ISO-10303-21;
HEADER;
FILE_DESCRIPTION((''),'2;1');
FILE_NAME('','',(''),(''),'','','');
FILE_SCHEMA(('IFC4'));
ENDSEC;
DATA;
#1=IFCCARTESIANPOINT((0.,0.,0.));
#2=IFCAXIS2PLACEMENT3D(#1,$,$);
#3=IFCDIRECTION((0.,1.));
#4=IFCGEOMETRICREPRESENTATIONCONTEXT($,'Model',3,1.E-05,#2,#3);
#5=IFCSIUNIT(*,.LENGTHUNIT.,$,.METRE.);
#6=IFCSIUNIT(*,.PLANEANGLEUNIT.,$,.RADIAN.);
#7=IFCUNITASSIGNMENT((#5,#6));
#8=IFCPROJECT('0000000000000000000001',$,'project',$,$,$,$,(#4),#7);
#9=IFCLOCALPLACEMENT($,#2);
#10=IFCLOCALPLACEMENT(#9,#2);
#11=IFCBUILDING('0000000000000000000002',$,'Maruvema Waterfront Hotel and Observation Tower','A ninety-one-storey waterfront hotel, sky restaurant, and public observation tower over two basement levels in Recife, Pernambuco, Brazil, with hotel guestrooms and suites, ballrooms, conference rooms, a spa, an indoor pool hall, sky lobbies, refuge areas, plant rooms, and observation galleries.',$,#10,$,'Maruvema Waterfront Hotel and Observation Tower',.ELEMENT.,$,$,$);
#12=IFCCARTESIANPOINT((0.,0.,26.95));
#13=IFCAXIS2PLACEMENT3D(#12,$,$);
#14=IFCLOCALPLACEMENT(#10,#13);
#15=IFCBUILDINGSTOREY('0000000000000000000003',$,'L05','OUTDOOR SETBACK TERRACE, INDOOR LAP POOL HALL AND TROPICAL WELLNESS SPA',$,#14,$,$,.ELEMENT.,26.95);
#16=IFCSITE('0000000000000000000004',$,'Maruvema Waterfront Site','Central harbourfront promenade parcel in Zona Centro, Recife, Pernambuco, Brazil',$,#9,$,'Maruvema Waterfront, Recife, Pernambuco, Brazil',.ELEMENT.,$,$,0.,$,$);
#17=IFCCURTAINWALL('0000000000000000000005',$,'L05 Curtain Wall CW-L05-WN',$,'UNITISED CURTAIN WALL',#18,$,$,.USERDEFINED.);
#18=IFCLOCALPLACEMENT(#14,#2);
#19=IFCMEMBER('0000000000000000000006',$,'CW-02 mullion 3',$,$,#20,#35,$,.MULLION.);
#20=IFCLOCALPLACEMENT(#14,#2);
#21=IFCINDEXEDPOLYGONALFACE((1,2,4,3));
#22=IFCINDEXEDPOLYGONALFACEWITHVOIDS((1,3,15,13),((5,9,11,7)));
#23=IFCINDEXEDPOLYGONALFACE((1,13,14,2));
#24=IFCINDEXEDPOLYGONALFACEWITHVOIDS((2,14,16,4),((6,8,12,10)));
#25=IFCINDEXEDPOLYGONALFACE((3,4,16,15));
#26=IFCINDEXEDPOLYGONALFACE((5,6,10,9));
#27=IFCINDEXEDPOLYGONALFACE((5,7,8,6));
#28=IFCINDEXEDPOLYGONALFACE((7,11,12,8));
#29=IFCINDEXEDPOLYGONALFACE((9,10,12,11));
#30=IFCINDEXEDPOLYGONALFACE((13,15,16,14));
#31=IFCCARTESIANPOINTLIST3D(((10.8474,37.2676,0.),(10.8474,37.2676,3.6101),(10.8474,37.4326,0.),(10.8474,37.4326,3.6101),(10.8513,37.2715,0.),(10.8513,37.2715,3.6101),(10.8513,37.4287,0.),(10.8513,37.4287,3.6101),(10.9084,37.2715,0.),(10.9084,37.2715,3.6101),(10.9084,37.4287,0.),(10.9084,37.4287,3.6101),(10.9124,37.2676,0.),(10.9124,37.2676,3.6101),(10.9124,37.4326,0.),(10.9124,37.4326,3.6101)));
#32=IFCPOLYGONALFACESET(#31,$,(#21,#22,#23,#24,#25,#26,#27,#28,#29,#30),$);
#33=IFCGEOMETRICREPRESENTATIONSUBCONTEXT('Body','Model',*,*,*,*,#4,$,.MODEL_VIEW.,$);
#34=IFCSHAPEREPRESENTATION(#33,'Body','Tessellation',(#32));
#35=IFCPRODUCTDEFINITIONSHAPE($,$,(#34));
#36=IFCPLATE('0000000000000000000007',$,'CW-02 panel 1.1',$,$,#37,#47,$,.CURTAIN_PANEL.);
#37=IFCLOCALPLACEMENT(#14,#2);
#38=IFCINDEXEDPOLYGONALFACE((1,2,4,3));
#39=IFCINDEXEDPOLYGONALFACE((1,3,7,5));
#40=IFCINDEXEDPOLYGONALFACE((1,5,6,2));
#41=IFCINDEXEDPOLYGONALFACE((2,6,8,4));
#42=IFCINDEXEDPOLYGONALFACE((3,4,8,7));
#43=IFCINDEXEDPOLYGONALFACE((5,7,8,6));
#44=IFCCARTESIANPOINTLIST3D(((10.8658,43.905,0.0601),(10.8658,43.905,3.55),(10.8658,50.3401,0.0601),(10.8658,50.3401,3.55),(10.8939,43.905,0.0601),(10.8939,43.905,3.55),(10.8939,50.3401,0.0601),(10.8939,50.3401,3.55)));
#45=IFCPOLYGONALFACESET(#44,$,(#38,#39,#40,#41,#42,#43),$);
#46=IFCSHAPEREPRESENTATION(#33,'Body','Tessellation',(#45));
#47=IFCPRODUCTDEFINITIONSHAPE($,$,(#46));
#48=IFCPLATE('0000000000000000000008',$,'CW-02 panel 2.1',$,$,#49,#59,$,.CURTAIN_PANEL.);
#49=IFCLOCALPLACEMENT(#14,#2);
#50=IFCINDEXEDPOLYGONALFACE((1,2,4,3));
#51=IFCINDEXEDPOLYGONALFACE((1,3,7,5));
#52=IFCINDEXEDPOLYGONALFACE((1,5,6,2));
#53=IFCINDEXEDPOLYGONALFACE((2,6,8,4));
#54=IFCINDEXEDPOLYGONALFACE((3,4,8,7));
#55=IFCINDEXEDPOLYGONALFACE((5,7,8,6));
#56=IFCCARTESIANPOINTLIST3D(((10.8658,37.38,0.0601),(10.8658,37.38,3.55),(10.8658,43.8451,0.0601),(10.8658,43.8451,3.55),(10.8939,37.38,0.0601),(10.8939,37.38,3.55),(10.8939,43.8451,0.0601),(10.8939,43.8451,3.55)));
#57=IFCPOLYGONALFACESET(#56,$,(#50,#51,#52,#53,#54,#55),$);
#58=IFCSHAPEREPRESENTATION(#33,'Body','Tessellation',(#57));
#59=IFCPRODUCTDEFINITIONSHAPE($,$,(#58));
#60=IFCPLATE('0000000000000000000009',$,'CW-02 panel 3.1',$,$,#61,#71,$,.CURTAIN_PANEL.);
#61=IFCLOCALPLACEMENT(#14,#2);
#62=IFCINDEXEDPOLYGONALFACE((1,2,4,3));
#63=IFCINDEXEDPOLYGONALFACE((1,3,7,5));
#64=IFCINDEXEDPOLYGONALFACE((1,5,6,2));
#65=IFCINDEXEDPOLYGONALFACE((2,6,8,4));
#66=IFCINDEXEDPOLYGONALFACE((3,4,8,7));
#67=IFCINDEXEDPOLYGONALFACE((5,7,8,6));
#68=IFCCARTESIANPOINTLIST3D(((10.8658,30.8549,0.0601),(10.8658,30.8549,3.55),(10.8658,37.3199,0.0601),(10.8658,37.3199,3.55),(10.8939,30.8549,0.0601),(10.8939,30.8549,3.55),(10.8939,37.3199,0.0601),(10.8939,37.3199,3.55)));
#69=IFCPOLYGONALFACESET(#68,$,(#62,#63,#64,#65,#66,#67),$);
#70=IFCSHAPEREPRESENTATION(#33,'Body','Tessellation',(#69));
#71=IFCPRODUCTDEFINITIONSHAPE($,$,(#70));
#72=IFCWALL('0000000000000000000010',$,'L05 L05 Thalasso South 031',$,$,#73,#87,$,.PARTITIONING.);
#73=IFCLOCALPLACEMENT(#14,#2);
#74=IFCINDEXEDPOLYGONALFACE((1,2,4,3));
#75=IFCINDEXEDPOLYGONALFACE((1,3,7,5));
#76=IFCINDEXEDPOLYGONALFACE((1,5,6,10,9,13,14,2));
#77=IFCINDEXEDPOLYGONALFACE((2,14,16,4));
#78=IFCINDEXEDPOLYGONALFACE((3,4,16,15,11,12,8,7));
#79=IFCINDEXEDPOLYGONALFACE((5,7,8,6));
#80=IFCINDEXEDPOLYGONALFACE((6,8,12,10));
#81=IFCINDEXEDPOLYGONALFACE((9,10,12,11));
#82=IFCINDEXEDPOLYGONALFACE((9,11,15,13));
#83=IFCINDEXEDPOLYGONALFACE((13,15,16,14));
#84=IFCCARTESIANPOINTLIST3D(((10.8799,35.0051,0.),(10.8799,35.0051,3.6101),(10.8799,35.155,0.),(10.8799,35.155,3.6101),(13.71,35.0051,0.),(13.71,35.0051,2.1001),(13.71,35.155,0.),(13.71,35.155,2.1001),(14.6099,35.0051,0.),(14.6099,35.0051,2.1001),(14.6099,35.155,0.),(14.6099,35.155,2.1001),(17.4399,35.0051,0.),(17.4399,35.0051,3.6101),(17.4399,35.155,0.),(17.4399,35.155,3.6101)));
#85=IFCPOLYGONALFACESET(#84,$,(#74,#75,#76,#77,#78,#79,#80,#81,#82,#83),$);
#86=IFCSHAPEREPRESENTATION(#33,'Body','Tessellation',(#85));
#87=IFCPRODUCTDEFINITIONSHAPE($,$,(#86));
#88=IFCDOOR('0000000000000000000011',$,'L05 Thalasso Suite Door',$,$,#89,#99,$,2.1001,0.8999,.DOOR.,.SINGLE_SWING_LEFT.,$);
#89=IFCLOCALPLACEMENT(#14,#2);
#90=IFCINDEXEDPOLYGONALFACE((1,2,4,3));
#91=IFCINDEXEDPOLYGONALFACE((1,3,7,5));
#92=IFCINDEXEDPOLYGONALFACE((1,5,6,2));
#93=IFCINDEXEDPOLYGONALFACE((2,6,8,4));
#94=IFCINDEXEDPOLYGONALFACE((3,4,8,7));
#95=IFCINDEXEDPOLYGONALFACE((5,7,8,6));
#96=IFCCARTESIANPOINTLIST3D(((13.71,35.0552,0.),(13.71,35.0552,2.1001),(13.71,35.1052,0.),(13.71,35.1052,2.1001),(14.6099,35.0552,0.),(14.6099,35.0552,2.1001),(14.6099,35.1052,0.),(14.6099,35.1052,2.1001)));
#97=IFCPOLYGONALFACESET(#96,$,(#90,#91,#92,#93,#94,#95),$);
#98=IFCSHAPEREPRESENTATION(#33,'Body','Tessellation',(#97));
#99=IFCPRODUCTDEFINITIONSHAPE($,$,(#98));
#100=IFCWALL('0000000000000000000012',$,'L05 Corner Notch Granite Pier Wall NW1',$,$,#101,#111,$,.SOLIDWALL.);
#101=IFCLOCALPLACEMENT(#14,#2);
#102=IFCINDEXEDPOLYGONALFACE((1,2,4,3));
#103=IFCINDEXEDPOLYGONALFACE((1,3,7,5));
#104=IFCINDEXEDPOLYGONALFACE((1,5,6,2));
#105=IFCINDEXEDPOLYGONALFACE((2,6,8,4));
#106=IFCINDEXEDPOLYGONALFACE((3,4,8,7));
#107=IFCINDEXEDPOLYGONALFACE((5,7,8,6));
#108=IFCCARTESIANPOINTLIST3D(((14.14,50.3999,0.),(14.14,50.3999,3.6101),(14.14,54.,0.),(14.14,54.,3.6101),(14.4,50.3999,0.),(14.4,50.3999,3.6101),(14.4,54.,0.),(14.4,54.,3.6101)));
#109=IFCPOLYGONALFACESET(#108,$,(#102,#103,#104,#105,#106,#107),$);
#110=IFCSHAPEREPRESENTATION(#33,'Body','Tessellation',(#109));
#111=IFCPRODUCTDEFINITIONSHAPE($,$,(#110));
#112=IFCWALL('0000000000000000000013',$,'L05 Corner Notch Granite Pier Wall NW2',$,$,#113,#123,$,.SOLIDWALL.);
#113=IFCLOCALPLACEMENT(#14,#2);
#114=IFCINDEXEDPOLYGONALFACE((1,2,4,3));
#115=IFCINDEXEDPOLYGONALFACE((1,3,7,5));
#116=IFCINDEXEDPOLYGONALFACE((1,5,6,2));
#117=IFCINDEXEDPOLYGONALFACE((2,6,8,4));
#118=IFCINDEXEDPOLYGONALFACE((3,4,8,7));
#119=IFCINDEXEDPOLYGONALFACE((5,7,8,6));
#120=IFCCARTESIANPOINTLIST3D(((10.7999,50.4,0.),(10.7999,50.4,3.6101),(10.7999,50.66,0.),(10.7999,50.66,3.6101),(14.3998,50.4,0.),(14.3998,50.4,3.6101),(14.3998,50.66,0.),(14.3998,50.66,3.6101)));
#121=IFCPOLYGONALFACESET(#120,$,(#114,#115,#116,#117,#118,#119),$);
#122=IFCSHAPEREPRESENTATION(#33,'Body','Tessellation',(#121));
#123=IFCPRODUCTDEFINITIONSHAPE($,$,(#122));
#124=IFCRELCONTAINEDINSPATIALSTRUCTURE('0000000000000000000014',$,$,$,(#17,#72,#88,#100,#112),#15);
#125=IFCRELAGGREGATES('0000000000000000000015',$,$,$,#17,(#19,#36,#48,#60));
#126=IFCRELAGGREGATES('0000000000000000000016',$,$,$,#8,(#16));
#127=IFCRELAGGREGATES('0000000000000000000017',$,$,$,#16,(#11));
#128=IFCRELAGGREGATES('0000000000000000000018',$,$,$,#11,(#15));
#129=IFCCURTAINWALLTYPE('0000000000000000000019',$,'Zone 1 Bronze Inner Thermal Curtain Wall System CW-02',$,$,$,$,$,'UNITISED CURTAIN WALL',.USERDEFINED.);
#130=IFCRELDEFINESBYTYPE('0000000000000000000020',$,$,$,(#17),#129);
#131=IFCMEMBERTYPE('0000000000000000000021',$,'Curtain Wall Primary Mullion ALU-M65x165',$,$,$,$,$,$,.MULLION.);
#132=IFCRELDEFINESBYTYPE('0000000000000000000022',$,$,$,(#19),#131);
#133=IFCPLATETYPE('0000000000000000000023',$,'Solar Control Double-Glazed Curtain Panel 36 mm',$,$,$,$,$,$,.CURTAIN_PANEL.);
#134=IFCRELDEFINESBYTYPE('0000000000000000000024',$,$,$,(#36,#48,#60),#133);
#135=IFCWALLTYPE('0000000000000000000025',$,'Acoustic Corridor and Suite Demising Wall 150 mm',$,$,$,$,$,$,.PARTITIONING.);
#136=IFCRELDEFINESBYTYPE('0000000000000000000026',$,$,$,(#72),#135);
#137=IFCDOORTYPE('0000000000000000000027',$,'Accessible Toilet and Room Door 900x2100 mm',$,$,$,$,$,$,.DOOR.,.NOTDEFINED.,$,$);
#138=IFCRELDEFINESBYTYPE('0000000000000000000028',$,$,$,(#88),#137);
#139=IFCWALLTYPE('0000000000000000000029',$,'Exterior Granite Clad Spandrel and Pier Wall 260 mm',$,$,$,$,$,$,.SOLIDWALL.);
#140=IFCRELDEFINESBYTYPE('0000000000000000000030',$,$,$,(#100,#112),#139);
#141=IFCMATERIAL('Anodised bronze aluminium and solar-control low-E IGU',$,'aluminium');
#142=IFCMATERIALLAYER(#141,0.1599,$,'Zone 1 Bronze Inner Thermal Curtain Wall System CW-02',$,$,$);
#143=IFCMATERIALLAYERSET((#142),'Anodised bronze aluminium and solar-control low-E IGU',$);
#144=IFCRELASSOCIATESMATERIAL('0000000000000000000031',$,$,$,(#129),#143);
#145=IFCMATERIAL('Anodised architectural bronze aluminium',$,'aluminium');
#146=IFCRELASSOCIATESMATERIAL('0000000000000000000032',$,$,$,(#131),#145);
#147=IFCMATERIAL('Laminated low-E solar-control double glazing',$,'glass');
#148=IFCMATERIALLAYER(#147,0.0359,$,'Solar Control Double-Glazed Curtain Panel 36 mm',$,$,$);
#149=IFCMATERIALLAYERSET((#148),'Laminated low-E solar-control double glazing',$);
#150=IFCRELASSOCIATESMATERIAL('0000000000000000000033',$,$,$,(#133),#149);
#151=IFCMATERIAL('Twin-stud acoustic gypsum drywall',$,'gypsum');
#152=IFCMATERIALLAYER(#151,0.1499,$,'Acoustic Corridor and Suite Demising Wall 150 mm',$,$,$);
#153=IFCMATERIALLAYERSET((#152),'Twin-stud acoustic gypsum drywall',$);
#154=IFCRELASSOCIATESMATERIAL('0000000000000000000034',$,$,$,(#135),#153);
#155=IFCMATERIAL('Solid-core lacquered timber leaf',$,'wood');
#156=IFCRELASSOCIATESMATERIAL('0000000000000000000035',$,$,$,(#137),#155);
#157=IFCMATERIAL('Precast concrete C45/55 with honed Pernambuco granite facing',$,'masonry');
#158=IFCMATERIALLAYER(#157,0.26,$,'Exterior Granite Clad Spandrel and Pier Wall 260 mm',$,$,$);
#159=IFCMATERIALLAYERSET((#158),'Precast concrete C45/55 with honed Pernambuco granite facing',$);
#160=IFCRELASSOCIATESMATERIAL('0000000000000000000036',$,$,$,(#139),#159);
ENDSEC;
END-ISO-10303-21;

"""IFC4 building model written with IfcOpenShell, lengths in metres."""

from ifc_helpers import new_model, si_unit, direction, frame, frame_2d, origin, origin_2d, place, context, subcontext, project, spatial, rectangle, hollow_rectangle, extrude, material, layer, layer_set, material_profile, profile_set, type_object, element, fill, aggregate, save


model = new_model("IFC4")

# Units and contexts
model_context = context("Model", 3, precision=1e-05, world=origin(), true_north=direction((0.0, 1.0)))
body_context = subcontext(model_context, "Body", "Model", "MODEL_VIEW")
ifc_project = project(units=[si_unit("LENGTHUNIT", "METRE"), si_unit("PLANEANGLEUNIT", "RADIAN")], contexts=[model_context])

# Site, building, storey
site_placement = place(None, origin())
site = spatial("IfcSite", under=ifc_project, at=site_placement, Name="Maruvema Waterfront Site", Description="Central harbourfront promenade parcel in Zona Centro, Recife, Pernambuco, Brazil", LongName="Maruvema Waterfront, Recife, Pernambuco, Brazil", CompositionType="ELEMENT", RefElevation=0.0)
building_placement = place(site_placement, origin())
building = spatial("IfcBuilding", under=site, at=building_placement, Name="Maruvema Waterfront Hotel and Observation Tower", Description="A ninety-one-storey waterfront hotel, sky restaurant, and public observation tower over two basement levels in Recife, Pernambuco, Brazil, with hotel guestrooms and suites, ballrooms, conference rooms, a spa, an indoor pool hall, sky lobbies, refuge areas, plant rooms, and observation galleries.", LongName="Maruvema Waterfront Hotel and Observation Tower", CompositionType="ELEMENT")
storey_placement = place(building_placement, frame((0.0, 0.0, 26.95)))
storey = spatial("IfcBuildingStorey", under=building, at=storey_placement, Name="L05", Description="OUTDOOR SETBACK TERRACE, INDOOR LAP POOL HALL AND TROPICAL WELLNESS SPA", CompositionType="ELEMENT", Elevation=26.95)

# Curtain wall, member, plates
ifc_material_1 = material(Name="Anodised bronze aluminium and solar-control low-E IGU", Category="aluminium")
ifc_layer_1 = layer(ifc_material_1, 0.1599, Name="Zone 1 Bronze Inner Thermal Curtain Wall System CW-02")
ifc_layer_set_1 = layer_set([ifc_layer_1], Name="Anodised bronze aluminium and solar-control low-E IGU")
curtain_wall_type = type_object("IfcCurtainWallType", Name="Zone 1 Bronze Inner Thermal Curtain Wall System CW-02", ElementType="UNITISED CURTAIN WALL", PredefinedType="USERDEFINED", material=ifc_layer_set_1)
curtain_wall_placement = place(storey_placement, origin())
curtain_wall = element("IfcCurtainWall", 1, at=curtain_wall_placement, inside=storey, type_object=curtain_wall_type, Name="L05 Curtain Wall CW-L05-WN", ObjectType="UNITISED CURTAIN WALL", PredefinedType="USERDEFINED")
ifc_material_2 = material(Name="Anodised architectural bronze aluminium", Category="aluminium")
ifc_material_profile_1 = material_profile(ifc_material_2, hollow_rectangle(XDim=0.0649, YDim=0.165, WallThickness=0.0039, at=origin_2d()), Name="ALU-M65x165")
ifc_profile_set_1 = profile_set([ifc_material_profile_1], Name="Anodised architectural bronze aluminium")
member_type_1 = type_object("IfcMemberType", Name="Curtain Wall Primary Mullion ALU-M65x165", PredefinedType="MULLION", material=ifc_profile_set_1)
member_1_placement = place(storey_placement, frame((10.8799, 37.3501, 0.0), z_axis=(0.0, 0.0, 1.0), x_axis=(1.0, 0.0, 0.0)))
member_1 = element("IfcMember", 2, at=member_1_placement, type_object=member_type_1, Name="CW-02 mullion 3", PredefinedType="MULLION", context=body_context, shape_type="SweptSolid", body=[
    extrude(hollow_rectangle(XDim=0.0649, YDim=0.165, WallThickness=0.0039, at=origin_2d()), origin(), (0.0, 0.0, 1.0), 3.6101),
])
ifc_material_3 = material(Name="Laminated low-E solar-control double glazing", Category="glass")
ifc_layer_2 = layer(ifc_material_3, 0.0359, Name="Solar Control Double-Glazed Curtain Panel 36 mm")
ifc_layer_set_2 = layer_set([ifc_layer_2], Name="Laminated low-E solar-control double glazing")
plate_type = type_object("IfcPlateType", Name="Solar Control Double-Glazed Curtain Panel 36 mm", PredefinedType="CURTAIN_PANEL", material=ifc_layer_set_2)
plate_1_placement = place(storey_placement, frame((10.8799, 47.1226, 0.0601), z_axis=(0.0, 0.0, 1.0), x_axis=(0.0, -1.0, 0.0)))
plate_1 = element("IfcPlate", 3, at=plate_1_placement, type_object=plate_type, Name="CW-02 panel 1.1", PredefinedType="CURTAIN_PANEL", context=body_context, shape_type="SweptSolid", body=[
    extrude(rectangle(XDim=6.4351, YDim=0.0281, at=origin_2d()), origin(), (0.0, 0.0, 1.0), 3.49),
])
plate_2_placement = place(storey_placement, frame((10.8799, 40.6125, 0.0601), z_axis=(0.0, 0.0, 1.0), x_axis=(0.0, -1.0, 0.0)))
plate_2 = element("IfcPlate", 4, at=plate_2_placement, type_object=plate_type, Name="CW-02 panel 2.1", PredefinedType="CURTAIN_PANEL", context=body_context, shape_type="SweptSolid", body=[
    extrude(rectangle(XDim=6.4651, YDim=0.0281, at=origin_2d()), origin(), (0.0, 0.0, 1.0), 3.49),
])
plate_3_placement = place(storey_placement, frame((10.8799, 34.0874, 0.0601), z_axis=(0.0, 0.0, 1.0), x_axis=(0.0, -1.0, 0.0)))
plate_3 = element("IfcPlate", 5, at=plate_3_placement, type_object=plate_type, Name="CW-02 panel 3.1", PredefinedType="CURTAIN_PANEL", context=body_context, shape_type="SweptSolid", body=[
    extrude(rectangle(XDim=6.4651, YDim=0.0281, at=origin_2d()), origin(), (0.0, 0.0, 1.0), 3.49),
])
aggregate(curtain_wall, [member_1, plate_1, plate_2, plate_3])

# Wall, opening, door
ifc_material_4 = material(Name="Twin-stud acoustic gypsum drywall", Category="gypsum")
ifc_layer_3 = layer(ifc_material_4, 0.1499, Name="Acoustic Corridor and Suite Demising Wall 150 mm")
ifc_layer_set_3 = layer_set([ifc_layer_3], Name="Twin-stud acoustic gypsum drywall")
wall_type_1 = type_object("IfcWallType", Name="Acoustic Corridor and Suite Demising Wall 150 mm", PredefinedType="PARTITIONING", material=ifc_layer_set_3)
wall_1_placement = place(storey_placement, frame((10.8799, 35.0801, 0.0), z_axis=(0.0, 0.0, 1.0), x_axis=(1.0, 0.0, 0.0)))
wall_1 = element("IfcWall", 6, at=wall_1_placement, inside=storey, type_object=wall_type_1, Name="L05 L05 Thalasso South 031", PredefinedType="PARTITIONING", context=body_context, shape_type="SweptSolid", body=[
    extrude(rectangle(XDim=6.5601, YDim=0.1499, at=frame_2d((3.28, 0.0))), origin(), (0.0, 0.0, 1.0), 3.6101),
])
opening_placement = place(wall_1_placement, frame((2.8301, 0.0, 0.0)))
opening = element("IfcOpeningElement", 7, at=opening_placement, cuts=wall_1, PredefinedType="OPENING", context=body_context, shape_type="SweptSolid", body=[
    extrude(rectangle(XDim=0.8999, YDim=2.1001, at=frame_2d((0.45, 1.05))), frame((0.0, 0.085, 0.0), z_axis=(0.0, -1.0, 0.0), x_axis=(1.0, 0.0, 0.0)), (0.0, 0.0, 1.0), 0.1699),
])
ifc_material_5 = material(Name="Solid-core lacquered timber leaf", Category="wood")
door_type = type_object("IfcDoorType", Name="Accessible Toilet and Room Door 900x2100 mm", OperationType="NOTDEFINED", PredefinedType="DOOR", material=ifc_material_5)
door_placement = place(opening_placement, frame((0.8999, 0.0, 0.0), z_axis=(0.0, 0.0, 1.0), x_axis=(-1.0, 0.0, 0.0)))
door = element("IfcDoor", 8, at=door_placement, inside=storey, type_object=door_type, Name="L05 Thalasso Suite Door", OperationType="SINGLE_SWING_LEFT", OverallHeight=2.1001, OverallWidth=0.8999, PredefinedType="DOOR", context=body_context, shape_type="SweptSolid", body=[
    extrude(rectangle(XDim=0.8999, YDim=2.1001, at=frame_2d((0.45, 1.05))), frame((0.0, 0.0249, 0.0), z_axis=(0.0, -1.0, 0.0), x_axis=(1.0, 0.0, 0.0)), (0.0, 0.0, 1.0), 0.05),
])
fill(opening, door)

# Walls
ifc_material_6 = material(Name="Precast concrete C45/55 with honed Pernambuco granite facing", Category="masonry")
ifc_layer_4 = layer(ifc_material_6, 0.26, Name="Exterior Granite Clad Spandrel and Pier Wall 260 mm")
ifc_layer_set_4 = layer_set([ifc_layer_4], Name="Precast concrete C45/55 with honed Pernambuco granite facing")
wall_type_2 = type_object("IfcWallType", Name="Exterior Granite Clad Spandrel and Pier Wall 260 mm", PredefinedType="SOLIDWALL", material=ifc_layer_set_4)
wall_2_placement = place(storey_placement, frame((14.27, 50.3999, 0.0), z_axis=(0.0, 0.0, 1.0), x_axis=(0.0, 1.0, 0.0)))
element("IfcWall", 9, at=wall_2_placement, inside=storey, type_object=wall_type_2, Name="L05 Corner Notch Granite Pier Wall NW1", PredefinedType="SOLIDWALL", context=body_context, shape_type="SweptSolid", body=[
    extrude(rectangle(XDim=3.6001, YDim=0.26, at=frame_2d((1.8, 0.0))), origin(), (0.0, 0.0, 1.0), 3.6101),
])
wall_3_placement = place(storey_placement, frame((10.8, 50.53, 0.0), z_axis=(0.0, 0.0, 1.0), x_axis=(1.0, 0.0, 0.0)))
element("IfcWall", 10, at=wall_3_placement, inside=storey, type_object=wall_type_2, Name="L05 Corner Notch Granite Pier Wall NW2", PredefinedType="SOLIDWALL", context=body_context, shape_type="SweptSolid", body=[
    extrude(rectangle(XDim=3.5999, YDim=0.26, at=frame_2d((1.7998, 0.0))), origin(), (0.0, 0.0, 1.0), 3.6101),
])

save(model, "model.ifc")
